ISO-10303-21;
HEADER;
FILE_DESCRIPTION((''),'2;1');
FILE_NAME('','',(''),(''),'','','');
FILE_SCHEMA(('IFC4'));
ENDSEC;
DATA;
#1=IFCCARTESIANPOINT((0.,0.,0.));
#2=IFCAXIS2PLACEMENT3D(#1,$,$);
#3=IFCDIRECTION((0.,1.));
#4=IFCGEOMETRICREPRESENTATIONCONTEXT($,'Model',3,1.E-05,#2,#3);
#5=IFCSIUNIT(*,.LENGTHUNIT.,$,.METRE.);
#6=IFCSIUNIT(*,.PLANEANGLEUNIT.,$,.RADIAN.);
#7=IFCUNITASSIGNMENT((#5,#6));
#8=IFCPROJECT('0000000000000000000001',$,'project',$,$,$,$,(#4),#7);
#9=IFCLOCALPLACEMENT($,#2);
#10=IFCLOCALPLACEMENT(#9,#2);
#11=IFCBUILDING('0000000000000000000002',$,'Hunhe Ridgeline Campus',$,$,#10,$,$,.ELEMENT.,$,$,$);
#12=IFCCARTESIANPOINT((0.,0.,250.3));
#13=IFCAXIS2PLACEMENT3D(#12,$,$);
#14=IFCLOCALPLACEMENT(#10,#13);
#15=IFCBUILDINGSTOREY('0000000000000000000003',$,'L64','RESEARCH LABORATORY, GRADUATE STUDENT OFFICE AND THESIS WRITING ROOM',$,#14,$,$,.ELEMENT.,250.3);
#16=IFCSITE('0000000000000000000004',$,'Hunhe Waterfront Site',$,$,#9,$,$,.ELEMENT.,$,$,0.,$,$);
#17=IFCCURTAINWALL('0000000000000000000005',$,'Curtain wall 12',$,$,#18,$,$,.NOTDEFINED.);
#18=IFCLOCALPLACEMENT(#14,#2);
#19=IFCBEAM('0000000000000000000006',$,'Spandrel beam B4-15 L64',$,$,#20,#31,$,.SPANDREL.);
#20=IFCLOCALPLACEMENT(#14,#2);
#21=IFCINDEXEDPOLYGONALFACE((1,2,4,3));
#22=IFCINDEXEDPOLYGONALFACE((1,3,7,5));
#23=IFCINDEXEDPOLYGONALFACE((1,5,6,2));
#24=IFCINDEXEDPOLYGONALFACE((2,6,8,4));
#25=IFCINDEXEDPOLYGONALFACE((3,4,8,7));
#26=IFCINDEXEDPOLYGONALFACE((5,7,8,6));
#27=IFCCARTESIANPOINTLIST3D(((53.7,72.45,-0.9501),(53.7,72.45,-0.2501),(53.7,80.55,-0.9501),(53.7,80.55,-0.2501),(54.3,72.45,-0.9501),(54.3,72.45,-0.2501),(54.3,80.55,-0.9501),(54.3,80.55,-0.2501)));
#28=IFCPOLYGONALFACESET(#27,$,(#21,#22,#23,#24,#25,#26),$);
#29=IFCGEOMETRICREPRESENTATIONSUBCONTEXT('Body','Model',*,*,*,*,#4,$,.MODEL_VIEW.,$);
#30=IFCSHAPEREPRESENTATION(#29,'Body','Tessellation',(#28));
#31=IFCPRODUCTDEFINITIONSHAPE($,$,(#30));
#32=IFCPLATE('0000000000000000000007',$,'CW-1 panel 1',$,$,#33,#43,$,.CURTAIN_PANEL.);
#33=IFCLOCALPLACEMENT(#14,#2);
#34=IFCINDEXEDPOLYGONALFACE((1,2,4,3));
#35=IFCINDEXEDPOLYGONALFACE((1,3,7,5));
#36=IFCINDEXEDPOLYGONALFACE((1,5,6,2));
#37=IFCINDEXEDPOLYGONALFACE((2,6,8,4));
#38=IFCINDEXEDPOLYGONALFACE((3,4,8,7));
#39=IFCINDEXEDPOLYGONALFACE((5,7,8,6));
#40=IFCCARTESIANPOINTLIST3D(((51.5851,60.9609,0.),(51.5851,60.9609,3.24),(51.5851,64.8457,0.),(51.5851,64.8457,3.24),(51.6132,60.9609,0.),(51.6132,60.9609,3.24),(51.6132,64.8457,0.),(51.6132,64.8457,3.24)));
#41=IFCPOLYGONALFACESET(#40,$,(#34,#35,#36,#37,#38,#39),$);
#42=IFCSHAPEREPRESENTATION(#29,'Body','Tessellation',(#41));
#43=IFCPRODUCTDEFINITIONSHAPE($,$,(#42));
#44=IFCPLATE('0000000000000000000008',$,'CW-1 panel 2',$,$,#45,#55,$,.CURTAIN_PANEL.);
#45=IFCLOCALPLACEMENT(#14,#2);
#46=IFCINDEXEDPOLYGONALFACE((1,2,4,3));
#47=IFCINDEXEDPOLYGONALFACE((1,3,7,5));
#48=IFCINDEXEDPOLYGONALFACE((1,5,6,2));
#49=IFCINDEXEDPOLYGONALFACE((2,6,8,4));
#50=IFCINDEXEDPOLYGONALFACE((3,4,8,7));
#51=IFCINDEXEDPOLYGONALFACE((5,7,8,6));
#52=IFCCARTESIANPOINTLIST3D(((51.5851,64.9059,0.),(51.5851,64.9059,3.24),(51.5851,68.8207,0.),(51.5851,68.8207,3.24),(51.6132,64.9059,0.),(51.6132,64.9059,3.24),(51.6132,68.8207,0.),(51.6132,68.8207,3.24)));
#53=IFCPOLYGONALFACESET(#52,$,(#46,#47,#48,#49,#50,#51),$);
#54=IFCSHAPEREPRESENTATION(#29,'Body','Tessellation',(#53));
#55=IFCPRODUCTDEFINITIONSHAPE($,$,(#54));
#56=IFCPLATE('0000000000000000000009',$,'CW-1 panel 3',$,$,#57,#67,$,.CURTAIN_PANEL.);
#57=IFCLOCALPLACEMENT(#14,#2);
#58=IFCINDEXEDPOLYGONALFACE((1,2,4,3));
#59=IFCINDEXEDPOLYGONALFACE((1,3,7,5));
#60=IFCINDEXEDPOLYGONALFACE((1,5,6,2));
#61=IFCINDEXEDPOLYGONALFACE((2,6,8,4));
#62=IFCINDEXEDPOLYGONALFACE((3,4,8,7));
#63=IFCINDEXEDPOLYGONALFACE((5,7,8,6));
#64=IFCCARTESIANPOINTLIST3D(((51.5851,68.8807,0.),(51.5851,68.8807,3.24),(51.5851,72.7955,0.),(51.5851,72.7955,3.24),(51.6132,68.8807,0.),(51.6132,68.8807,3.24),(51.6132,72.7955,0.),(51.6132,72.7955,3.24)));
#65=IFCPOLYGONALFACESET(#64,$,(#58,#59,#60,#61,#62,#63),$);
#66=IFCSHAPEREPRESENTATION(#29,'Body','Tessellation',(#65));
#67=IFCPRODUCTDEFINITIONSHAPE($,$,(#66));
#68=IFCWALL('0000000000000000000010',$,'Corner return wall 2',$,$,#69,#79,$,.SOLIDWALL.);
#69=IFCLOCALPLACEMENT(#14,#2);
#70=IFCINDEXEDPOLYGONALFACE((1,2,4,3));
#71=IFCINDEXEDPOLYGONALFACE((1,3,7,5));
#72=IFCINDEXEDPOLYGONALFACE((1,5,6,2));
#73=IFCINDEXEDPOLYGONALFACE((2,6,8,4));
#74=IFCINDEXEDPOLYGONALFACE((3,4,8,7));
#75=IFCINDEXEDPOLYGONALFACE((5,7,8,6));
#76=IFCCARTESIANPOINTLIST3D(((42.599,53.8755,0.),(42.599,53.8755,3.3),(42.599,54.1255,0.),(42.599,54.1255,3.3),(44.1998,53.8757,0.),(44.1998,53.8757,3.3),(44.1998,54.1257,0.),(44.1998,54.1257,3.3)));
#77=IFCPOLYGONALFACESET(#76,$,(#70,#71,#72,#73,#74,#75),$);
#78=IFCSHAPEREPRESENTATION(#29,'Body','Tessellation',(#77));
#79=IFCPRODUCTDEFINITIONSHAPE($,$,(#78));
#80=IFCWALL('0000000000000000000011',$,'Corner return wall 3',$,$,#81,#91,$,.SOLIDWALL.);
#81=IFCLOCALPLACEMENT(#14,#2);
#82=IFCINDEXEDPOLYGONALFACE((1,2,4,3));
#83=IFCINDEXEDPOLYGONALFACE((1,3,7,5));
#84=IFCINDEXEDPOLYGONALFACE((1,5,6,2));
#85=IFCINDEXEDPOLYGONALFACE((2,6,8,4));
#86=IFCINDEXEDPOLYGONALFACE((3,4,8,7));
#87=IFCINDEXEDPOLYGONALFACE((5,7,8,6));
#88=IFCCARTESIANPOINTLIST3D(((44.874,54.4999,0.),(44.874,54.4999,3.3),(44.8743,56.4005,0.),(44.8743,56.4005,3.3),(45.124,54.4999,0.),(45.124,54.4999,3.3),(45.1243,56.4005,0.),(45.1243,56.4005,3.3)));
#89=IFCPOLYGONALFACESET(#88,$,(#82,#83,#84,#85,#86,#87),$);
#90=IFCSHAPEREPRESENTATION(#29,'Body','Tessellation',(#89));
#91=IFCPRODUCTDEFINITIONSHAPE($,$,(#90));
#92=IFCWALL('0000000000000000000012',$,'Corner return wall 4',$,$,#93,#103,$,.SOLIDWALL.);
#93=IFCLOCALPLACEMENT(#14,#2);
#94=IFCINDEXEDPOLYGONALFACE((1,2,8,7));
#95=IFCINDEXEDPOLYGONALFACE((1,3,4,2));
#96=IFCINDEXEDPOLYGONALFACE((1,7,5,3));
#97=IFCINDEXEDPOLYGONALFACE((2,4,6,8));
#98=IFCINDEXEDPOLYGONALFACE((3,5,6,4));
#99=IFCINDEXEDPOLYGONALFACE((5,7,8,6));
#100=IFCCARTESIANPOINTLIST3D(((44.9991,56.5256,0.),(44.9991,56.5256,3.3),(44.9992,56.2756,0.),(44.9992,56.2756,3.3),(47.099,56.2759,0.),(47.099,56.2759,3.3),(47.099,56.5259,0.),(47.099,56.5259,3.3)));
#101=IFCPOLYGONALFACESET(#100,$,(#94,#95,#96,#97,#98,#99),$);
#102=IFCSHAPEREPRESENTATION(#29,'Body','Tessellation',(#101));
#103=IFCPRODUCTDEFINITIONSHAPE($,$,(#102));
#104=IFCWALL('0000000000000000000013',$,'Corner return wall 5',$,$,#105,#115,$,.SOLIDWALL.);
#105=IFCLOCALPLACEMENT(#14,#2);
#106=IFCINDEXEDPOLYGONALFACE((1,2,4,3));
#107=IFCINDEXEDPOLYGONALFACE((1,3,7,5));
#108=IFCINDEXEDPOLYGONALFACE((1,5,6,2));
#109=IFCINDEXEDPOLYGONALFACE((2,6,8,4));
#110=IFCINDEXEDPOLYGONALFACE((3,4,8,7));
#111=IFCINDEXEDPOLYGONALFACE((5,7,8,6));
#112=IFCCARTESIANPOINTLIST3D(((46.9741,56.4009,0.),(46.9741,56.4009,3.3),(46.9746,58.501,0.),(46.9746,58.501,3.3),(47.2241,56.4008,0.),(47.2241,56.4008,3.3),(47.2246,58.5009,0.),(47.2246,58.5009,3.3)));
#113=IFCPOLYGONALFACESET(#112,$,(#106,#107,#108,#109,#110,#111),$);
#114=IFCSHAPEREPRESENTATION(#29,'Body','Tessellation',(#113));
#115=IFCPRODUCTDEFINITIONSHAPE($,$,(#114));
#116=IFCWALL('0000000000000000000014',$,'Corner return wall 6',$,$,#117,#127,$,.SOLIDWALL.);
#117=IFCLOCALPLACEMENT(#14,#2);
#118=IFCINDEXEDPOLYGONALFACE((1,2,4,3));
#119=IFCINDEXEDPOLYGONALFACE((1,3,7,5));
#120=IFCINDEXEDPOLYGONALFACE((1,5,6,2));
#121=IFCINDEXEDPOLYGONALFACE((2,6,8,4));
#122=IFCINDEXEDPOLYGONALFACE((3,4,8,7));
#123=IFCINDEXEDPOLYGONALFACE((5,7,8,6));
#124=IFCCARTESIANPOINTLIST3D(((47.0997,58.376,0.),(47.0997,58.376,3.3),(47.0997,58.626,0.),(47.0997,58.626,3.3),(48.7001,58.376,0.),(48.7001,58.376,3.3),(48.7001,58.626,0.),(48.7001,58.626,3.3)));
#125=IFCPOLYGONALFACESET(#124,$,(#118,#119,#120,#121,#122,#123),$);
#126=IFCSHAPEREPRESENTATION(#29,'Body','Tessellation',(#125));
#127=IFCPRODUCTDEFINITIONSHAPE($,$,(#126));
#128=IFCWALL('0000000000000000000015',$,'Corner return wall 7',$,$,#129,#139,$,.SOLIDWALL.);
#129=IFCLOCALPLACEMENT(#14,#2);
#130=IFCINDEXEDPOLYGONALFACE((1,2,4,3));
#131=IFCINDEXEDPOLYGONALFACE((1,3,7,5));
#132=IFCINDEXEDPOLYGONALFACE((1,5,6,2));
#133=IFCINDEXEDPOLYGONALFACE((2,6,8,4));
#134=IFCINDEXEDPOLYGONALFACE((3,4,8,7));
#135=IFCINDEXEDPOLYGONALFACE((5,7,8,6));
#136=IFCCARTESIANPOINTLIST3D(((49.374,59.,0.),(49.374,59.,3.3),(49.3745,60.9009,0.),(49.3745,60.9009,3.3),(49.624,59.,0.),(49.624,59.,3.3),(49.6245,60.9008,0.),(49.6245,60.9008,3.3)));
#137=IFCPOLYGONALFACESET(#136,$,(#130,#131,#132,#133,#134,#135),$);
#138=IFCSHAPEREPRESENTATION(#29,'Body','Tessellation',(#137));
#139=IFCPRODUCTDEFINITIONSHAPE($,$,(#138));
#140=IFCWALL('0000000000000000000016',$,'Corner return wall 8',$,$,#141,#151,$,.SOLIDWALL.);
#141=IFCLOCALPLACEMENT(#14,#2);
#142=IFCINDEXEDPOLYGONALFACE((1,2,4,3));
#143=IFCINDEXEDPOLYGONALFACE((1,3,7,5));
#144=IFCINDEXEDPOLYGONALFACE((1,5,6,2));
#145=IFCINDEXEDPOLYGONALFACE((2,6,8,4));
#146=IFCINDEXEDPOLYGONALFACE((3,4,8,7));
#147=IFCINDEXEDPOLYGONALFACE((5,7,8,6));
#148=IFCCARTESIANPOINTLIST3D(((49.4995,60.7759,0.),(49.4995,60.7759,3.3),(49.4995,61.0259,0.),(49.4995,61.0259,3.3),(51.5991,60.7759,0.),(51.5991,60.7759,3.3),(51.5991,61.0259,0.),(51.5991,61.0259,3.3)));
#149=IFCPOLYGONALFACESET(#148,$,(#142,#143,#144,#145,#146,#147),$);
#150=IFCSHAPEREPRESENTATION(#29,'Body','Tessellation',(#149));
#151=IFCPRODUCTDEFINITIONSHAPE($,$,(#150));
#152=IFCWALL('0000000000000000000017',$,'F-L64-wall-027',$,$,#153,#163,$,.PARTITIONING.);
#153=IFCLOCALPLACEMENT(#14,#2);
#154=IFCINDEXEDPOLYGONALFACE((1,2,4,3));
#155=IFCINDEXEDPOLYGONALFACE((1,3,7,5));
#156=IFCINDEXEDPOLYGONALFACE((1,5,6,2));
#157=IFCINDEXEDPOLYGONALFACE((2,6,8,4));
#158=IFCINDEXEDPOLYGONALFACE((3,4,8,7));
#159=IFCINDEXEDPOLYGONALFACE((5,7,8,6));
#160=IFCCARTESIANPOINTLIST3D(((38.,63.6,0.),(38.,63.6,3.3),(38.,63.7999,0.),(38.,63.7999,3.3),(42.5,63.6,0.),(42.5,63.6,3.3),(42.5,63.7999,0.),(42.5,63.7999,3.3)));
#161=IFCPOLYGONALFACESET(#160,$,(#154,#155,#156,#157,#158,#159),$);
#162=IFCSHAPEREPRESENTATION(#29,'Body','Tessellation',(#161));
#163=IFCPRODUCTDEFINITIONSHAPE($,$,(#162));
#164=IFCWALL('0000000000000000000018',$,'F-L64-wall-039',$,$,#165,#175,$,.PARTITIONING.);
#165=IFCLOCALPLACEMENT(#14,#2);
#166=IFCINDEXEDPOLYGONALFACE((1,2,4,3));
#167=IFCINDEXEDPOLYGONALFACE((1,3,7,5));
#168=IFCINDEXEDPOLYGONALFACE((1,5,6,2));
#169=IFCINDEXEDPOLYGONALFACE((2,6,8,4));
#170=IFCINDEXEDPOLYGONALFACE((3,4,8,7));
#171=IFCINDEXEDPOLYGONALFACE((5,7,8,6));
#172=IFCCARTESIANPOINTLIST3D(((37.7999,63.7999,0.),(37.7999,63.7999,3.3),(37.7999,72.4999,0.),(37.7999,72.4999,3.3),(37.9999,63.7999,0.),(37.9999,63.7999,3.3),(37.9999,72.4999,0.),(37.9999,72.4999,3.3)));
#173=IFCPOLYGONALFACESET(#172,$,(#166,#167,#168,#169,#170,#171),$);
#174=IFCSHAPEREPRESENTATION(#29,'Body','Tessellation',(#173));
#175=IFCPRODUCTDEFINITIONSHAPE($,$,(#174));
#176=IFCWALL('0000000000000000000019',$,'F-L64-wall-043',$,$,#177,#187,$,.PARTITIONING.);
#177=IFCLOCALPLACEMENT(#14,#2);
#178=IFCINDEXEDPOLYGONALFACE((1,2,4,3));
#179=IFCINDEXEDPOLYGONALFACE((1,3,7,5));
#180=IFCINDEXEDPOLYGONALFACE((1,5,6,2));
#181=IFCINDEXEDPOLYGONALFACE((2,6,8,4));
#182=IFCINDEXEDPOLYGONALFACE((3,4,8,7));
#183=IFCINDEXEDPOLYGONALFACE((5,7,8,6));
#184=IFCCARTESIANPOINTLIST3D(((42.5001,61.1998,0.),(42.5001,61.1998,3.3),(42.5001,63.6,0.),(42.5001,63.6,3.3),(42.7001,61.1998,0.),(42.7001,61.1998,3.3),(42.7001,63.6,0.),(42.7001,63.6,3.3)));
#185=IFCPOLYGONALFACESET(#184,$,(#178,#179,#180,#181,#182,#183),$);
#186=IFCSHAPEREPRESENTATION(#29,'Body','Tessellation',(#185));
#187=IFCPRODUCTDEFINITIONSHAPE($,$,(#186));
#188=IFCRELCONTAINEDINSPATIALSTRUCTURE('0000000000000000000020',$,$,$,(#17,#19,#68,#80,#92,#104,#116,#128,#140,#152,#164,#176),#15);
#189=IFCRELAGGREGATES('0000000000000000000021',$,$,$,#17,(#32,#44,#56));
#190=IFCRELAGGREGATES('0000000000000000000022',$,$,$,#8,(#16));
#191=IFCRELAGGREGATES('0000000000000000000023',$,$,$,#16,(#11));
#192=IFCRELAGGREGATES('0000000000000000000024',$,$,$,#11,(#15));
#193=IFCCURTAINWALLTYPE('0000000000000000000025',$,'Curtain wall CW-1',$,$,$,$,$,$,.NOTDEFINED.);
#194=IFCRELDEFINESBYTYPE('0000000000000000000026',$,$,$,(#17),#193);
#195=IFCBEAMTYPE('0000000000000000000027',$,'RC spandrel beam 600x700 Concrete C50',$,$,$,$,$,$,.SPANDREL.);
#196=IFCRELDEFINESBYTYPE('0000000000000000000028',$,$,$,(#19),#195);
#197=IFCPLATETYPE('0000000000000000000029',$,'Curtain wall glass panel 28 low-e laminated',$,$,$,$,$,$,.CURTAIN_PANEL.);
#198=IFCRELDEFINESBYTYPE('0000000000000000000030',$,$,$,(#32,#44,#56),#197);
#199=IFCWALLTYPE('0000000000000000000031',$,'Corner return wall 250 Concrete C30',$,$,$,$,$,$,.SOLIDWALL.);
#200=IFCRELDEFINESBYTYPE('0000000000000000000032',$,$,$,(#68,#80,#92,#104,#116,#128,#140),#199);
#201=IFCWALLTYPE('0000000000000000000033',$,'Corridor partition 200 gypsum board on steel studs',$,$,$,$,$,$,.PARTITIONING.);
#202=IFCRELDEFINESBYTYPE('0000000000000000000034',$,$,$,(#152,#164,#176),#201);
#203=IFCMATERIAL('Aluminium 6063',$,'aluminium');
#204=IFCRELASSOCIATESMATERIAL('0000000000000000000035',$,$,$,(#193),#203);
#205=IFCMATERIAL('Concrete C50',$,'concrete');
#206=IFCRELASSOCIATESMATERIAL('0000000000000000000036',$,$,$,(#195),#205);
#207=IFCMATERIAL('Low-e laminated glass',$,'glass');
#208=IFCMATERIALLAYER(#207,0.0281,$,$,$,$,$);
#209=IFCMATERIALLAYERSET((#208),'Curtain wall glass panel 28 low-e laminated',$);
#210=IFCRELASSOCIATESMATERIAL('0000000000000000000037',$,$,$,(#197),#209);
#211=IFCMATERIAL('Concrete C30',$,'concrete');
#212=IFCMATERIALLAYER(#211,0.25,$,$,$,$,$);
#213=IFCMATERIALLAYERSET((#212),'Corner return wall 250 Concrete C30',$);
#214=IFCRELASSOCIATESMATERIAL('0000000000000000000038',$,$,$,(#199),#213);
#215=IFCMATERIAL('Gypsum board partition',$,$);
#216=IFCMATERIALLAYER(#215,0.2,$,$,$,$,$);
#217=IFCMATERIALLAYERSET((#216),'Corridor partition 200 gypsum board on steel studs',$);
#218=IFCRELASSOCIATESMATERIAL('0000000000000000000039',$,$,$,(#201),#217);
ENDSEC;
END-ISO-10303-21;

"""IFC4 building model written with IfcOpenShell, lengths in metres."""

from ifc_helpers import new_model, si_unit, direction, frame, frame_2d, origin, origin_2d, place, context, subcontext, project, spatial, rectangle, extrude, material, layer, layer_set, material_profile, profile_set, type_object, element, aggregate, save


model = new_model("IFC4")

# Units and contexts
model_context = context("Model", 3, precision=1e-05, world=origin(), true_north=direction((0.0, 1.0)))
body_context = subcontext(model_context, "Body", "Model", "MODEL_VIEW")
ifc_project = project(units=[si_unit("LENGTHUNIT", "METRE"), si_unit("PLANEANGLEUNIT", "RADIAN")], contexts=[model_context])

# Site, building, storey
site_placement = place(None, origin())
site = spatial("IfcSite", under=ifc_project, at=site_placement, Name="Hunhe Waterfront Site", CompositionType="ELEMENT", RefElevation=0.0)
building_placement = place(site_placement, origin())
building = spatial("IfcBuilding", under=site, at=building_placement, Name="Hunhe Ridgeline Campus", CompositionType="ELEMENT")
storey_placement = place(building_placement, frame((0.0, 0.0, 250.3)))
storey = spatial("IfcBuildingStorey", under=building, at=storey_placement, Name="L64", Description="RESEARCH LABORATORY, GRADUATE STUDENT OFFICE AND THESIS WRITING ROOM", CompositionType="ELEMENT", Elevation=250.3)

# Curtain wall
ifc_material_1 = material(Name="Aluminium 6063", Category="aluminium")
curtain_wall_type = type_object("IfcCurtainWallType", Name="Curtain wall CW-1", PredefinedType="NOTDEFINED", material=ifc_material_1)
curtain_wall_placement = place(storey_placement, origin())
curtain_wall = element("IfcCurtainWall", 1, at=curtain_wall_placement, inside=storey, type_object=curtain_wall_type, Name="Curtain wall 12", PredefinedType="NOTDEFINED")

# Beam
ifc_material_2 = material(Name="Concrete C50", Category="concrete")
ifc_material_profile_1 = material_profile(ifc_material_2, rectangle(XDim=0.6001, YDim=0.7, at=origin_2d()))
ifc_profile_set_1 = profile_set([ifc_material_profile_1], Name="Concrete C50")
beam_type = type_object("IfcBeamType", Name="RC spandrel beam 600x700 Concrete C50", PredefinedType="SPANDREL", material=ifc_profile_set_1)
for number, where, z_axis, x_axis, name in (
    (2, (54.0, 72.45, -0.6001), (0.0, 1.0, 0.0), (-1.0, 0.0, 0.0), "Spandrel beam B4-15 L64"),
):
    element("IfcBeam", number, at=place(storey_placement, frame(where, z_axis=z_axis, x_axis=x_axis)), inside=storey, type_object=beam_type, Name=name, PredefinedType="SPANDREL", context=body_context, shape_type="SweptSolid", body=[
        extrude(rectangle(XDim=0.6001, YDim=0.7, at=origin_2d()), origin(), (0.0, 0.0, 1.0), 8.1001),
    ])

# Plates
ifc_material_3 = material(Name="Low-e laminated glass", Category="glass")
ifc_layer_1 = layer(ifc_material_3, 0.0281)
ifc_layer_set_1 = layer_set([ifc_layer_1], Name="Curtain wall glass panel 28 low-e laminated")
plate_type = type_object("IfcPlateType", Name="Curtain wall glass panel 28 low-e laminated", PredefinedType="CURTAIN_PANEL", material=ifc_layer_set_1)
plate_1_placement = place(storey_placement, frame((51.5991, 62.9033, 0.0), z_axis=(0.0, 0.0, 1.0), x_axis=(0.0, 1.0, 0.0)))
plate_1 = element("IfcPlate", 3, at=plate_1_placement, type_object=plate_type, Name="CW-1 panel 1", PredefinedType="CURTAIN_PANEL", context=body_context, shape_type="SweptSolid", body=[
    extrude(rectangle(XDim=3.8848, YDim=0.0281, at=origin_2d()), origin(), (0.0, 0.0, 1.0), 3.24),
])
plate_2_placement = place(storey_placement, frame((51.5991, 66.8633, 0.0), z_axis=(0.0, 0.0, 1.0), x_axis=(0.0, 1.0, 0.0)))
plate_2 = element("IfcPlate", 4, at=plate_2_placement, type_object=plate_type, Name="CW-1 panel 2", PredefinedType="CURTAIN_PANEL", context=body_context, shape_type="SweptSolid", body=[
    extrude(rectangle(XDim=3.9148, YDim=0.0281, at=origin_2d()), origin(), (0.0, 0.0, 1.0), 3.24),
])
plate_3_placement = place(storey_placement, frame((51.5991, 70.8381, 0.0), z_axis=(0.0, 0.0, 1.0), x_axis=(0.0, 1.0, 0.0)))
plate_3 = element("IfcPlate", 5, at=plate_3_placement, type_object=plate_type, Name="CW-1 panel 3", PredefinedType="CURTAIN_PANEL", context=body_context, shape_type="SweptSolid", body=[
    extrude(rectangle(XDim=3.9148, YDim=0.0281, at=origin_2d()), origin(), (0.0, 0.0, 1.0), 3.24),
])
aggregate(curtain_wall, [plate_1, plate_2, plate_3])

# Walls
ifc_material_4 = material(Name="Concrete C30", Category="concrete")
ifc_layer_2 = layer(ifc_material_4, 0.25)
ifc_layer_set_2 = layer_set([ifc_layer_2], Name="Corner return wall 250 Concrete C30")
wall_type_1 = type_object("IfcWallType", Name="Corner return wall 250 Concrete C30", PredefinedType="SOLIDWALL", material=ifc_layer_set_2)
wall_1_placement = place(storey_placement, frame((42.5991, 54.0005, 0.0), z_axis=(0.0, 0.0, 1.0), x_axis=(1.0, 0.000153, 0.0)))
element("IfcWall", 6, at=wall_1_placement, inside=storey, type_object=wall_type_1, Name="Corner return wall 2", PredefinedType="SOLIDWALL", context=body_context, shape_type="SweptSolid", body=[
    extrude(rectangle(XDim=1.6008, YDim=0.25, at=frame_2d((0.8003, 0.0))), origin(), (0.0, 0.0, 1.0), 3.3),
])
wall_2_placement = place(storey_placement, frame((44.999, 54.5, 0.0), z_axis=(0.0, 0.0, 1.0), x_axis=(0.000128, 1.0, 0.0)))
element("IfcWall", 7, at=wall_2_placement, inside=storey, type_object=wall_type_1, Name="Corner return wall 3", PredefinedType="SOLIDWALL", context=body_context, shape_type="SweptSolid", body=[
    extrude(rectangle(XDim=1.9006, YDim=0.25, at=frame_2d((0.9502, 0.0))), origin(), (0.0, 0.0, 1.0), 3.3),
])
wall_3_placement = place(storey_placement, frame((44.9993, 56.4006, 0.0), z_axis=(0.0, 0.0, 1.0), x_axis=(1.0, 0.000116, 0.0)))
element("IfcWall", 8, at=wall_3_placement, inside=storey, type_object=wall_type_1, Name="Corner return wall 4", PredefinedType="SOLIDWALL", context=body_context, shape_type="SweptSolid", body=[
    extrude(rectangle(XDim=2.0999, YDim=0.25, at=frame_2d((1.0498, 0.0))), origin(), (0.0, 0.0, 1.0), 3.3),
])
wall_4_placement = place(storey_placement, frame((47.0991, 56.4009, 0.0), z_axis=(0.0, 0.0, 1.0), x_axis=(0.000233, 1.0, 0.0)))
element("IfcWall", 9, at=wall_4_placement, inside=storey, type_object=wall_type_1, Name="Corner return wall 5", PredefinedType="SOLIDWALL", context=body_context, shape_type="SweptSolid", body=[
    extrude(rectangle(XDim=2.1001, YDim=0.25, at=frame_2d((1.05, 0.0))), origin(), (0.0, 0.0, 1.0), 3.3),
])
wall_5_placement = place(storey_placement, frame((47.0996, 58.501, 0.0), z_axis=(0.0, 0.0, 1.0), x_axis=(1.0, 0.0, 0.0)))
element("IfcWall", 10, at=wall_5_placement, inside=storey, type_object=wall_type_1, Name="Corner return wall 6", PredefinedType="SOLIDWALL", context=body_context, shape_type="SweptSolid", body=[
    extrude(rectangle(XDim=1.6003, YDim=0.25, at=frame_2d((0.8003, 0.0))), origin(), (0.0, 0.0, 1.0), 3.3),
])
wall_6_placement = place(storey_placement, frame((49.499, 59.0, 0.0), z_axis=(0.0, 0.0, 1.0), x_axis=(0.000257, 1.0, 0.0)))
element("IfcWall", 11, at=wall_6_placement, inside=storey, type_object=wall_type_1, Name="Corner return wall 7", PredefinedType="SOLIDWALL", context=body_context, shape_type="SweptSolid", body=[
    extrude(rectangle(XDim=1.9009, YDim=0.25, at=frame_2d((0.9504, 0.0))), origin(), (0.0, 0.0, 1.0), 3.3),
])
wall_7_placement = place(storey_placement, frame((49.4995, 60.9009, 0.0), z_axis=(0.0, 0.0, 1.0), x_axis=(1.0, 0.0, 0.0)))
element("IfcWall", 12, at=wall_7_placement, inside=storey, type_object=wall_type_1, Name="Corner return wall 8", PredefinedType="SOLIDWALL", context=body_context, shape_type="SweptSolid", body=[
    extrude(rectangle(XDim=2.0996, YDim=0.25, at=frame_2d((1.0498, 0.0))), origin(), (0.0, 0.0, 1.0), 3.3),
])

# Shared definitions
ifc_material_5 = material(Name="Gypsum board partition")
ifc_layer_3 = layer(ifc_material_5, 0.2)
ifc_layer_set_3 = layer_set([ifc_layer_3], Name="Corridor partition 200 gypsum board on steel studs")
wall_type_2 = type_object("IfcWallType", Name="Corridor partition 200 gypsum board on steel studs", PredefinedType="PARTITIONING", material=ifc_layer_set_3)

# Wall
wall_8_placement = place(storey_placement, frame((38.0, 63.7, 0.0), z_axis=(0.0, 0.0, 1.0), x_axis=(1.0, 0.0, 0.0)))
element("IfcWall", 13, at=wall_8_placement, inside=storey, type_object=wall_type_2, Name="F-L64-wall-027", PredefinedType="PARTITIONING", context=body_context, shape_type="SweptSolid", body=[
    extrude(rectangle(XDim=4.5, YDim=0.2, at=frame_2d((2.25, 0.0))), origin(), (0.0, 0.0, 1.0), 3.3),
])

# Walls
wall_9_placement = place(storey_placement, frame((37.8999, 72.5, 0.0), z_axis=(0.0, 0.0, 1.0), x_axis=(0.0, -1.0, 0.0)))
element("IfcWall", 14, at=wall_9_placement, inside=storey, type_object=wall_type_2, Name="F-L64-wall-039", PredefinedType="PARTITIONING", context=body_context, shape_type="SweptSolid", body=[
    extrude(rectangle(XDim=8.7, YDim=0.2, at=frame_2d((4.3501, 0.0))), origin(), (0.0, 0.0, 1.0), 3.3),
])
wall_10_placement = place(storey_placement, frame((42.6001, 63.6001, 0.0), z_axis=(0.0, 0.0, 1.0), x_axis=(0.0, -1.0, 0.0)))
element("IfcWall", 15, at=wall_10_placement, inside=storey, type_object=wall_type_2, Name="F-L64-wall-043", PredefinedType="PARTITIONING", context=body_context, shape_type="SweptSolid", body=[
    extrude(rectangle(XDim=2.4001, YDim=0.2, at=frame_2d((1.2002, 0.0))), origin(), (0.0, 0.0, 1.0), 3.3),
])

save(model, "model.ifc")
